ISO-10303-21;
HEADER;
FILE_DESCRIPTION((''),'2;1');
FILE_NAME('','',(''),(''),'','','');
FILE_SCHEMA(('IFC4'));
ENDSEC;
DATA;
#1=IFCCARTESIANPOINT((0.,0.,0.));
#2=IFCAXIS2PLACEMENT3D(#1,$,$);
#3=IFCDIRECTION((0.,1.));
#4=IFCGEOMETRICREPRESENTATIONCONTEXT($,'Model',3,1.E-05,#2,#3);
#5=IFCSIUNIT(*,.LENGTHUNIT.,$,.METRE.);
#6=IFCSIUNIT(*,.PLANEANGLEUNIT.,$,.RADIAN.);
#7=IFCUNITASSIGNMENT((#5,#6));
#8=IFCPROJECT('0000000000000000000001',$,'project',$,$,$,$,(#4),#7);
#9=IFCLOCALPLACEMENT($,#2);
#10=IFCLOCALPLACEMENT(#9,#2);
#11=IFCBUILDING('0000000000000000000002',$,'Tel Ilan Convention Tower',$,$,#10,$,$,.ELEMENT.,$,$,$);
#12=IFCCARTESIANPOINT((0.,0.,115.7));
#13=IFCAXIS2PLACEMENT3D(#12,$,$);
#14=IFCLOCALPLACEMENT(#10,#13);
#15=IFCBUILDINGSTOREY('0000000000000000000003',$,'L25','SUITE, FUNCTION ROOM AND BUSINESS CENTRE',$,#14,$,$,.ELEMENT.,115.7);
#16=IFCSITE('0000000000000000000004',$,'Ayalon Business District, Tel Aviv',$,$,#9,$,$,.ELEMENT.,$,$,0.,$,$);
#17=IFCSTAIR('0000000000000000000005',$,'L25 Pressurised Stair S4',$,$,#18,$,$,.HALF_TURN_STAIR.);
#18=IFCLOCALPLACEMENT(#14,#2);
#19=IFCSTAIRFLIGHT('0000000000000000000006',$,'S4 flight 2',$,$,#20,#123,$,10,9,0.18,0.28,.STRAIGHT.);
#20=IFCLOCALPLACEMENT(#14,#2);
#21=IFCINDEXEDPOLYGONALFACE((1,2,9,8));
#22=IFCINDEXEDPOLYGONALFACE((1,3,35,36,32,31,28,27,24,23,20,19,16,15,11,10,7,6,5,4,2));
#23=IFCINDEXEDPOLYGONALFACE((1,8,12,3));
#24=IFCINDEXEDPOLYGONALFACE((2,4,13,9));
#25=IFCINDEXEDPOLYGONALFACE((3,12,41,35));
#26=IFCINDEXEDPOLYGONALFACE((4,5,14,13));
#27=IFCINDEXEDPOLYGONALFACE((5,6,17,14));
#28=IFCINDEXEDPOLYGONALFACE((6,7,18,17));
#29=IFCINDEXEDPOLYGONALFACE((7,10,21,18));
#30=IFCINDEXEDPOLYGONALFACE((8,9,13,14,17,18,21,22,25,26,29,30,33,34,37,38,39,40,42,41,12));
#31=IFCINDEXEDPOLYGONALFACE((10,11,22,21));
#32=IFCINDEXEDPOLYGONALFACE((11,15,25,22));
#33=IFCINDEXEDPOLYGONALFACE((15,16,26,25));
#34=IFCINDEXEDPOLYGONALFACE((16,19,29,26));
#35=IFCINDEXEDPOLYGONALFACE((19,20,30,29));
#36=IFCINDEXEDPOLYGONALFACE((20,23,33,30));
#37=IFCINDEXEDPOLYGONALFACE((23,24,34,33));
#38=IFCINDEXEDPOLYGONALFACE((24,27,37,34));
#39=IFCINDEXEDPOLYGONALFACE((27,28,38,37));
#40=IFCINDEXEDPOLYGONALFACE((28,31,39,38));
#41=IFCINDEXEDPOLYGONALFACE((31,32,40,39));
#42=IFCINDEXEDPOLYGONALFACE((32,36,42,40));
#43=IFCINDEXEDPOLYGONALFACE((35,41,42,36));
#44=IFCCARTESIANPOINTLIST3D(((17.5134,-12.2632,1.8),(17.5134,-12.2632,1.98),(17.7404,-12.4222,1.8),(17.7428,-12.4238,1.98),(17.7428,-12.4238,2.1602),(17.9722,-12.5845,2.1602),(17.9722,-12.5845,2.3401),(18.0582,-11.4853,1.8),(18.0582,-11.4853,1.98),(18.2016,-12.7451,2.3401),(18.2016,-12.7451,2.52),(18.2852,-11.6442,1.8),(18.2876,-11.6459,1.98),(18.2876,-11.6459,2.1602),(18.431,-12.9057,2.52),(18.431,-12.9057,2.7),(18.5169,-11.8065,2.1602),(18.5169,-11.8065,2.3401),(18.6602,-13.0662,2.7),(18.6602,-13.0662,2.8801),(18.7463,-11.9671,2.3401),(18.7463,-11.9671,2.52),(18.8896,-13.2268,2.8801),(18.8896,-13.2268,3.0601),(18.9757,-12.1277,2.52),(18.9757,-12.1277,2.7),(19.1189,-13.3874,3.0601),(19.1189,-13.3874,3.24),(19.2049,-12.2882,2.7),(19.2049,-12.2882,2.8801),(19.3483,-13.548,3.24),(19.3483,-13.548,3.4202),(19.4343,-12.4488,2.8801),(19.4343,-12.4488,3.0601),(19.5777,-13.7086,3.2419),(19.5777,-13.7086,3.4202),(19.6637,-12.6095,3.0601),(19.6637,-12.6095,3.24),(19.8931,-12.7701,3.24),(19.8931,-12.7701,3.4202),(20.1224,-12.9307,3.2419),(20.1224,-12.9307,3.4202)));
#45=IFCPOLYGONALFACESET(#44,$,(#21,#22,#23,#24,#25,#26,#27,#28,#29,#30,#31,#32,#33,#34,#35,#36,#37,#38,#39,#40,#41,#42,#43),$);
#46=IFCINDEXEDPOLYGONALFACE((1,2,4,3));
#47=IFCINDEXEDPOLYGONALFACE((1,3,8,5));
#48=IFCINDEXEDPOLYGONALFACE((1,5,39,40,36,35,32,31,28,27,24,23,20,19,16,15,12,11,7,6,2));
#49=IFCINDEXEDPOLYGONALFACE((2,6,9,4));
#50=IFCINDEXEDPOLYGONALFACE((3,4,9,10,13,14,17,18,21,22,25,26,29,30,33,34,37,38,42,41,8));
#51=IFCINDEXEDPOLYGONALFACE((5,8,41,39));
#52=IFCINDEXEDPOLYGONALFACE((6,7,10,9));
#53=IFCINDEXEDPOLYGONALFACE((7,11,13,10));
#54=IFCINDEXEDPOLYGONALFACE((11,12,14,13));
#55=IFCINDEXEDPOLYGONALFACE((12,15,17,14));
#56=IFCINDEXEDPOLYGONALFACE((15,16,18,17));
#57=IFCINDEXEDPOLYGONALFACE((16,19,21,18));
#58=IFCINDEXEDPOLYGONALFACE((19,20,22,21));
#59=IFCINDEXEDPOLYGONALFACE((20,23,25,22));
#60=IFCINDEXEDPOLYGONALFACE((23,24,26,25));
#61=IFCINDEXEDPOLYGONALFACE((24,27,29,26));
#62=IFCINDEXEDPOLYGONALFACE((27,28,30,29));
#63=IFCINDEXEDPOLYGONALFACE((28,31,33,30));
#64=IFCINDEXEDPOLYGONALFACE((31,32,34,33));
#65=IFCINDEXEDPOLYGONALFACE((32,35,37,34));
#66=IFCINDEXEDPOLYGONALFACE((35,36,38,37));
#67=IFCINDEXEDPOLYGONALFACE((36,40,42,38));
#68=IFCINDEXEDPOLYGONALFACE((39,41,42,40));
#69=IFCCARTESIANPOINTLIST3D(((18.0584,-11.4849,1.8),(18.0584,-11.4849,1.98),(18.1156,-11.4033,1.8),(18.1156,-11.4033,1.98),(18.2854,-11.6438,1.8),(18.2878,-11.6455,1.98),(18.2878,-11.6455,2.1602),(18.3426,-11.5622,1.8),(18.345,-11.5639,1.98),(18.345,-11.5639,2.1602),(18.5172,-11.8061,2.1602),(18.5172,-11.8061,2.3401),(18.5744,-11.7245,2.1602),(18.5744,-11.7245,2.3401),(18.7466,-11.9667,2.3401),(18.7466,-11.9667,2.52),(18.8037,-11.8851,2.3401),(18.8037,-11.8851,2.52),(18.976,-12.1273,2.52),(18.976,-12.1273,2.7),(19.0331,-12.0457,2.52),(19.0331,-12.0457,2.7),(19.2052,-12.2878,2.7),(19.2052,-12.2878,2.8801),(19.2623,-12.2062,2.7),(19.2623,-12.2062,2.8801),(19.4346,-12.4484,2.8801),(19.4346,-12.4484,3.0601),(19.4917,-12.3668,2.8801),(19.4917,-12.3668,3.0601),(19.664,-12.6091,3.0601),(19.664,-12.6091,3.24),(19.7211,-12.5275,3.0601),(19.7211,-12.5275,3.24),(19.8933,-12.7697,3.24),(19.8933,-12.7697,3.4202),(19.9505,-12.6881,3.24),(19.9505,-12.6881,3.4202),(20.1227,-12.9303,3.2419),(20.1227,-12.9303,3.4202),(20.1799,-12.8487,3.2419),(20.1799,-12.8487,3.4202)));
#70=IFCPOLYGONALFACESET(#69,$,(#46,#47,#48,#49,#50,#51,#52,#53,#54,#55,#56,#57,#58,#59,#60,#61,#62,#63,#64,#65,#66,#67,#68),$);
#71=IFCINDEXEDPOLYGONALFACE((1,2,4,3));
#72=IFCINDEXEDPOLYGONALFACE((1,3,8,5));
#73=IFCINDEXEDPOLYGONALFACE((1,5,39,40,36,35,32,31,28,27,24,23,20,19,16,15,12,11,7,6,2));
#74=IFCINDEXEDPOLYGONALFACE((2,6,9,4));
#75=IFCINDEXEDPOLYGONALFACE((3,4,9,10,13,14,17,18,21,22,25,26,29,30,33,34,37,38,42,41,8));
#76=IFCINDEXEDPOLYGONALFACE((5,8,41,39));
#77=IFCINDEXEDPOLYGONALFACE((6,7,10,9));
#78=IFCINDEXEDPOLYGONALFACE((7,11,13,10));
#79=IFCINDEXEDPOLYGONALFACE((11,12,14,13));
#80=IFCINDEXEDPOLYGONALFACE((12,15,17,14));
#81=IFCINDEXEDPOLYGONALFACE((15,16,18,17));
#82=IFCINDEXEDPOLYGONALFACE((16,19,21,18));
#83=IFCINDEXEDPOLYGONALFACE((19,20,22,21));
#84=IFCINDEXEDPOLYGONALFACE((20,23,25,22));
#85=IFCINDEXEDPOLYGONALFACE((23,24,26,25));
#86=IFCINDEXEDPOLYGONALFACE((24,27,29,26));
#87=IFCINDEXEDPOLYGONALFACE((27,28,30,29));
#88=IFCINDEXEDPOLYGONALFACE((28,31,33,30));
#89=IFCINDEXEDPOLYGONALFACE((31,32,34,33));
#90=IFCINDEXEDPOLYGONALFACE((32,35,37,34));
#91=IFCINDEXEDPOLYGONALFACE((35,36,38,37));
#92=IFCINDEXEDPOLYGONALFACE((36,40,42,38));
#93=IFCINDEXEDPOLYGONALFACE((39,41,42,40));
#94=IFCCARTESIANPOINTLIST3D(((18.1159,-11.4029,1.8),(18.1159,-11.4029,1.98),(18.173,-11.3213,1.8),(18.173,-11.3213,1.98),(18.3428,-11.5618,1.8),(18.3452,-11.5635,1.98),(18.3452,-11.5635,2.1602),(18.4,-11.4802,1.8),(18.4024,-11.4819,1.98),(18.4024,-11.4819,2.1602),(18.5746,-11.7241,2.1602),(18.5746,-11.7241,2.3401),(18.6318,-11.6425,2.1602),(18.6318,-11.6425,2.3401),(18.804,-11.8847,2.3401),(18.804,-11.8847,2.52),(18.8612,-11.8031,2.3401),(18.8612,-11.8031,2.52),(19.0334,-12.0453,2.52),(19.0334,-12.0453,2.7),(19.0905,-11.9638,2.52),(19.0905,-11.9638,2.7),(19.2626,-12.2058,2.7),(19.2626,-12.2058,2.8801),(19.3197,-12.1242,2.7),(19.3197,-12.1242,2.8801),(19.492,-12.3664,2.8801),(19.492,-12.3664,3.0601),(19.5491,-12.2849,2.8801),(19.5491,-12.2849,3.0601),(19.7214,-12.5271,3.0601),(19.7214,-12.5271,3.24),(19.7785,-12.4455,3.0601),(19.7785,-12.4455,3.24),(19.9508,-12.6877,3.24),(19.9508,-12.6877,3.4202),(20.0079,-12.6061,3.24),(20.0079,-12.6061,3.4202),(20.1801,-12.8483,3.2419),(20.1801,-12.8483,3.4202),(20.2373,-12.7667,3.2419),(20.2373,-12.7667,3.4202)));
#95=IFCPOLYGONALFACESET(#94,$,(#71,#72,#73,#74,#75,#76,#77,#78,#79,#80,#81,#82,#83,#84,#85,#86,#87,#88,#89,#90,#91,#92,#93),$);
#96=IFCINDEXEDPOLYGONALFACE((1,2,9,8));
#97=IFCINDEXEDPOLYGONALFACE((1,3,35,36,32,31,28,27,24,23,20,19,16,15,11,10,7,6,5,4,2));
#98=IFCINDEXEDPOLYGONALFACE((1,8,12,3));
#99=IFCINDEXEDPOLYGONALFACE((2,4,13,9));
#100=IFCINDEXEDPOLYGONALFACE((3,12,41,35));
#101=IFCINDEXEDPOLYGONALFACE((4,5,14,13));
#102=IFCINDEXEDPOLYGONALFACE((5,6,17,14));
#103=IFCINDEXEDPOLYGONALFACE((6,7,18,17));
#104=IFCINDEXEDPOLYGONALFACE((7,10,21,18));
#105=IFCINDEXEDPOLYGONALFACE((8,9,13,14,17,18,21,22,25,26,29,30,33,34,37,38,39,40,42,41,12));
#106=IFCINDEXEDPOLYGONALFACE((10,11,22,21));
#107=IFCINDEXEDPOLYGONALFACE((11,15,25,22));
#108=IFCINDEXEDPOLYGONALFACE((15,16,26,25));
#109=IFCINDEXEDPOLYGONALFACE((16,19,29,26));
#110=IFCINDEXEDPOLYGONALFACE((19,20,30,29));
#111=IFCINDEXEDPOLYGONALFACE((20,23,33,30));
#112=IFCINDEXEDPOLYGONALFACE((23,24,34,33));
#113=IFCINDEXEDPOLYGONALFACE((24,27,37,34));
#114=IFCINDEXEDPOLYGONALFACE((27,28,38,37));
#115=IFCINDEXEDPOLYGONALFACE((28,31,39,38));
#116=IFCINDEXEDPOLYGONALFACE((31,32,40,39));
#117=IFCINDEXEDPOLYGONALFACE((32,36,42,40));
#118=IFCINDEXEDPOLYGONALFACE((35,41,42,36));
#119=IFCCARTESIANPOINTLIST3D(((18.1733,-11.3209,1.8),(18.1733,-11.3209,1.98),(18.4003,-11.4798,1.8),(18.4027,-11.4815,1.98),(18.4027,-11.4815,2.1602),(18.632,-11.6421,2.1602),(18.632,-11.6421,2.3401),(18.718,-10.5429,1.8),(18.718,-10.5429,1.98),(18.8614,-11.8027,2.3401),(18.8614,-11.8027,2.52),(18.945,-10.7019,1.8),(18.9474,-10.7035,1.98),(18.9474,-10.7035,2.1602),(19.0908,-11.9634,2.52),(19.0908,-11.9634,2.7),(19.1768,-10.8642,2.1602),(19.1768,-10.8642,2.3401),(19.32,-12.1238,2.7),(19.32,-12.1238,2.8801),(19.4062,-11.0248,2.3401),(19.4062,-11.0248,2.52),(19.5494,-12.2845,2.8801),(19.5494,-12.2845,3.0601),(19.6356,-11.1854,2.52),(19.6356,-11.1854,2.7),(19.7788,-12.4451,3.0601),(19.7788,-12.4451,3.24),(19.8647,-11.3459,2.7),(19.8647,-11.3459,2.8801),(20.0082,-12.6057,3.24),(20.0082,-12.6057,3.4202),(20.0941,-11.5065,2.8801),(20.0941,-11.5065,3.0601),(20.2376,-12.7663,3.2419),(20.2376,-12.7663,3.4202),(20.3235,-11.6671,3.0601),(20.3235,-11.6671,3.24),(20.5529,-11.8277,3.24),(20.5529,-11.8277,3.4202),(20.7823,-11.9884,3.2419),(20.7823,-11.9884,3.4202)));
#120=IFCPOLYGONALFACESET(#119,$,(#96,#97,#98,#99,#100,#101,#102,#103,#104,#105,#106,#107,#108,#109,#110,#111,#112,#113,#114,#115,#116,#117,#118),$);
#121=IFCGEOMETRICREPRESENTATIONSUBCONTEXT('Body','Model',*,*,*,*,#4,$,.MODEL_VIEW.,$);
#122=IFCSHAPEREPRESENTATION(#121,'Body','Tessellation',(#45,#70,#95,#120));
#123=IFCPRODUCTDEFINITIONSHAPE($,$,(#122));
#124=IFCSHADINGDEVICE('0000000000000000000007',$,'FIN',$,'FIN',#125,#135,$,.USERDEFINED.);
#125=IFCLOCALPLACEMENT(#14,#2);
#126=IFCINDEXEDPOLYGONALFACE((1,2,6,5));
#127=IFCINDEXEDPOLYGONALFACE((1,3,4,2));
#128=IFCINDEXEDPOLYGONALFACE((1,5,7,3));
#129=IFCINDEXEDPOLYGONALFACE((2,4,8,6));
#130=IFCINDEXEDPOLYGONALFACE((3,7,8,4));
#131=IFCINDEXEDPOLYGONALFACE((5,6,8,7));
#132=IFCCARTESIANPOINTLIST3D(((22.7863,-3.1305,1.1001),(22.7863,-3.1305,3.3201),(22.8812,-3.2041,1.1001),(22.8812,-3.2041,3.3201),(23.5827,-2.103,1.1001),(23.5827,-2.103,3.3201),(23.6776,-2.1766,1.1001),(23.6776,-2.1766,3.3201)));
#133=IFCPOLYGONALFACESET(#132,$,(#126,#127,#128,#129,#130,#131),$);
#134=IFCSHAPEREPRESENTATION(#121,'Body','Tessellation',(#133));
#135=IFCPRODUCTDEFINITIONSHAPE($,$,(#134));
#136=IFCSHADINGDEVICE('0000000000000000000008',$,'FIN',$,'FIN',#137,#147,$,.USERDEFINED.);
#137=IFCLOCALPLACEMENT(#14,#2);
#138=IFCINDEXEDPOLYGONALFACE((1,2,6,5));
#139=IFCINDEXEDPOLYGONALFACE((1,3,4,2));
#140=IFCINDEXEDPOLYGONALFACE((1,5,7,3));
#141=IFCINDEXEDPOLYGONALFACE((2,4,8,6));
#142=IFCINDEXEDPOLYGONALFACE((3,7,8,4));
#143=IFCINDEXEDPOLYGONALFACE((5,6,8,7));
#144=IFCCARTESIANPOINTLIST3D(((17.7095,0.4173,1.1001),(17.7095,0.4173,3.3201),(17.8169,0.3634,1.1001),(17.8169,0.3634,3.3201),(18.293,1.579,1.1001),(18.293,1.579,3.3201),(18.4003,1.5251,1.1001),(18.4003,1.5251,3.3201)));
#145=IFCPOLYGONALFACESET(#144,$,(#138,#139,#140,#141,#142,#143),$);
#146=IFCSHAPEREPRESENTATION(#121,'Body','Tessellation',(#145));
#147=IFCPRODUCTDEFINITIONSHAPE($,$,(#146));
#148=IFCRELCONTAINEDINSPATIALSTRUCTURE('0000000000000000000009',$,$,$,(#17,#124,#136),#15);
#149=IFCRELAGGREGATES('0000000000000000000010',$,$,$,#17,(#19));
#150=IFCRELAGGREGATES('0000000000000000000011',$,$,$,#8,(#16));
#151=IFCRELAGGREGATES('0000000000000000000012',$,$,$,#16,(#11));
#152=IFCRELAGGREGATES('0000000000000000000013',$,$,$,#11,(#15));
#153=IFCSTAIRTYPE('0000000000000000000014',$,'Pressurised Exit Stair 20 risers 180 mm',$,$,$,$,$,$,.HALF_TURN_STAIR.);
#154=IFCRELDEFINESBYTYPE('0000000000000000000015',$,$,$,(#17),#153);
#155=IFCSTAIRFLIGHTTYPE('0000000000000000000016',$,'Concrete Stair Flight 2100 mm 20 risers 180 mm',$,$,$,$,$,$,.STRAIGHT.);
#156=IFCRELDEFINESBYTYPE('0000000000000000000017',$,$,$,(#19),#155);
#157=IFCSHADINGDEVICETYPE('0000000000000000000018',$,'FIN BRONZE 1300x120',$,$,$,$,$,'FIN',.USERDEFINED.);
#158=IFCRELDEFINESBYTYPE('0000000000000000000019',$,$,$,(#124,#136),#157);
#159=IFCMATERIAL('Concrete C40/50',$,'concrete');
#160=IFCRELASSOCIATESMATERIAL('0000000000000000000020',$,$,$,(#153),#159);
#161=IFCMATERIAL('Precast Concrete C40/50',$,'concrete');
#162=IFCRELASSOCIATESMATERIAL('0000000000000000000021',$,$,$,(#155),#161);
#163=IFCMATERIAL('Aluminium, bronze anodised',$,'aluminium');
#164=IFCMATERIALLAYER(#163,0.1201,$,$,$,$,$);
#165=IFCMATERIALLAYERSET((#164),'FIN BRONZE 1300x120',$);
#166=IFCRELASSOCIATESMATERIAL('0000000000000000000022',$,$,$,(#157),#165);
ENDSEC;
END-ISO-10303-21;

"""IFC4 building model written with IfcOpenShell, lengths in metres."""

from ifc_helpers import new_model, si_unit, direction, frame, origin, origin_2d, place, context, subcontext, project, spatial, polyline, rectangle, outline, extrude, material, layer, layer_set, type_object, element, aggregate, save


model = new_model("IFC4")

# Units and contexts
model_context = context("Model", 3, precision=1e-05, world=origin(), true_north=direction((0.0, 1.0)))
body_context = subcontext(model_context, "Body", "Model", "MODEL_VIEW")
ifc_project = project(units=[si_unit("LENGTHUNIT", "METRE"), si_unit("PLANEANGLEUNIT", "RADIAN")], contexts=[model_context])

# Site, building, storey
site_placement = place(None, origin())
site = spatial("IfcSite", under=ifc_project, at=site_placement, Name="Ayalon Business District, Tel Aviv", CompositionType="ELEMENT", RefElevation=0.0)
building_placement = place(site_placement, origin())
building = spatial("IfcBuilding", under=site, at=building_placement, Name="Tel Ilan Convention Tower", CompositionType="ELEMENT")
storey_placement = place(building_placement, frame((0.0, 0.0, 115.7)))
storey = spatial("IfcBuildingStorey", under=building, at=storey_placement, Name="L25", Description="SUITE, FUNCTION ROOM AND BUSINESS CENTRE", CompositionType="ELEMENT", Elevation=115.7)

# Stair, stair flight
ifc_material_1 = material(Name="Concrete C40/50", Category="concrete")
stair_type = type_object("IfcStairType", Name="Pressurised Exit Stair 20 risers 180 mm", PredefinedType="HALF_TURN_STAIR", material=ifc_material_1)
ifc_material_2 = material(Name="Precast Concrete C40/50", Category="concrete")
stair_flight_type = type_object("IfcStairFlightType", Name="Concrete Stair Flight 2100 mm 20 risers 180 mm", PredefinedType="STRAIGHT", material=ifc_material_2)
stair_1_placement = place(storey_placement, origin())
stair_1 = element("IfcStair", 1, at=stair_1_placement, inside=storey, type_object=stair_type, Name="L25 Pressurised Stair S4", PredefinedType="HALF_TURN_STAIR")
stair_flight_1_placement = place(storey_placement, frame((18.1157, -11.4031, 1.8), z_axis=(0.0, 0.0, 1.0), x_axis=(0.819152, -0.573576, 0.0)))
stair_flight_1 = element("IfcStairFlight", 2, at=stair_flight_1_placement, type_object=stair_flight_type, Name="S4 flight 2", NumberOfRisers=10, NumberOfTreads=9, PredefinedType="STRAIGHT", RiserHeight=0.18, TreadLength=0.28, context=body_context, shape_type="SweptSolid", body=[
    extrude(outline(polyline([(0.0, 0.0), (0.0, 0.1799), (0.28, 0.1799), (0.28, 0.3601), (0.5601, 0.3601), (0.5601, 0.54), (0.8401, 0.54), (0.8401, 0.72), (1.1201, 0.72), (1.1201, 0.8999), (1.3999, 0.8999), (1.3999, 1.0801), (1.6799, 1.0801), (1.6799, 1.26), (1.96, 1.26), (1.96, 1.4399), (2.24, 1.4399), (2.24, 1.6201), (2.52, 1.6201), (2.52, 1.8), (2.52, 1.4419), (0.2771, 0.0), (0.0, 0.0)])), frame((0.0, -0.1003, 0.0), z_axis=(0.0, -1.0, 0.0), x_axis=(1.0, 0.0, 0.0)), (0.0, 0.0, 1.0), 0.9497),
    extrude(outline(polyline([(0.0, 0.0), (0.0, 0.1799), (0.28, 0.1799), (0.28, 0.3601), (0.5601, 0.3601), (0.5601, 0.54), (0.8401, 0.54), (0.8401, 0.72), (1.1201, 0.72), (1.1201, 0.8999), (1.3999, 0.8999), (1.3999, 1.0801), (1.6799, 1.0801), (1.6799, 1.26), (1.96, 1.26), (1.96, 1.4399), (2.24, 1.4399), (2.24, 1.6201), (2.52, 1.6201), (2.52, 1.8), (2.52, 1.4419), (0.2771, 0.0), (0.0, 0.0)])), frame((0.0, -0.0002, 0.0), z_axis=(0.0, -1.0, 0.0), x_axis=(1.0, 0.0, 0.0)), (0.0, 0.0, 1.0), 0.0996),
    extrude(outline(polyline([(0.0, 0.0), (0.0, 0.1799), (0.28, 0.1799), (0.28, 0.3601), (0.5601, 0.3601), (0.5601, 0.54), (0.8401, 0.54), (0.8401, 0.72), (1.1201, 0.72), (1.1201, 0.8999), (1.3999, 0.8999), (1.3999, 1.0801), (1.6799, 1.0801), (1.6799, 1.26), (1.96, 1.26), (1.96, 1.4399), (2.24, 1.4399), (2.24, 1.6201), (2.52, 1.6201), (2.52, 1.8), (2.52, 1.4419), (0.2771, 0.0), (0.0, 0.0)])), frame((0.0, 0.0999, 0.0), z_axis=(0.0, -1.0, 0.0), x_axis=(1.0, 0.0, 0.0)), (0.0, 0.0, 1.0), 0.0996),
    extrude(outline(polyline([(0.0, 0.0), (0.0, 0.1799), (0.28, 0.1799), (0.28, 0.3601), (0.5601, 0.3601), (0.5601, 0.54), (0.8401, 0.54), (0.8401, 0.72), (1.1201, 0.72), (1.1201, 0.8999), (1.3999, 0.8999), (1.3999, 1.0801), (1.6799, 1.0801), (1.6799, 1.26), (1.96, 1.26), (1.96, 1.4399), (2.24, 1.4399), (2.24, 1.6201), (2.52, 1.6201), (2.52, 1.8), (2.52, 1.4419), (0.2771, 0.0), (0.0, 0.0)])), frame((0.0, 1.05, 0.0), z_axis=(0.0, -1.0, 0.0), x_axis=(1.0, 0.0, 0.0)), (0.0, 0.0, 1.0), 0.9497),
])
aggregate(stair_1, [stair_flight_1])

# Shading devices
ifc_material_3 = material(Name="Aluminium, bronze anodised", Category="aluminium")
ifc_layer_1 = layer(ifc_material_3, 0.1201)
ifc_layer_set_1 = layer_set([ifc_layer_1], Name="FIN BRONZE 1300x120")
shading_device_type = type_object("IfcShadingDeviceType", Name="FIN BRONZE 1300x120", ElementType="FIN", PredefinedType="USERDEFINED", material=ifc_layer_set_1)
for number, where, z_axis, x_axis, name in (
    (3, (23.2319, -2.6536, 1.1001), (0.0, 0.0, 1.0), (0.612601, 0.790393, 0.0), "FIN"),
    (4, (18.0549, 0.9712, 1.1001), (0.0, 0.0, 1.0), (0.448799, 0.893633, 0.0), "FIN"),
):
    element("IfcShadingDevice", number, at=place(storey_placement, frame(where, z_axis=z_axis, x_axis=x_axis)), inside=storey, type_object=shading_device_type, Name=name, ObjectType="FIN", PredefinedType="USERDEFINED", context=body_context, shape_type="SweptSolid", body=[
        extrude(rectangle(XDim=1.3, YDim=0.1201, at=origin_2d()), origin(), (0.0, 0.0, 1.0), 2.22),
    ])

save(model, "model.ifc")
